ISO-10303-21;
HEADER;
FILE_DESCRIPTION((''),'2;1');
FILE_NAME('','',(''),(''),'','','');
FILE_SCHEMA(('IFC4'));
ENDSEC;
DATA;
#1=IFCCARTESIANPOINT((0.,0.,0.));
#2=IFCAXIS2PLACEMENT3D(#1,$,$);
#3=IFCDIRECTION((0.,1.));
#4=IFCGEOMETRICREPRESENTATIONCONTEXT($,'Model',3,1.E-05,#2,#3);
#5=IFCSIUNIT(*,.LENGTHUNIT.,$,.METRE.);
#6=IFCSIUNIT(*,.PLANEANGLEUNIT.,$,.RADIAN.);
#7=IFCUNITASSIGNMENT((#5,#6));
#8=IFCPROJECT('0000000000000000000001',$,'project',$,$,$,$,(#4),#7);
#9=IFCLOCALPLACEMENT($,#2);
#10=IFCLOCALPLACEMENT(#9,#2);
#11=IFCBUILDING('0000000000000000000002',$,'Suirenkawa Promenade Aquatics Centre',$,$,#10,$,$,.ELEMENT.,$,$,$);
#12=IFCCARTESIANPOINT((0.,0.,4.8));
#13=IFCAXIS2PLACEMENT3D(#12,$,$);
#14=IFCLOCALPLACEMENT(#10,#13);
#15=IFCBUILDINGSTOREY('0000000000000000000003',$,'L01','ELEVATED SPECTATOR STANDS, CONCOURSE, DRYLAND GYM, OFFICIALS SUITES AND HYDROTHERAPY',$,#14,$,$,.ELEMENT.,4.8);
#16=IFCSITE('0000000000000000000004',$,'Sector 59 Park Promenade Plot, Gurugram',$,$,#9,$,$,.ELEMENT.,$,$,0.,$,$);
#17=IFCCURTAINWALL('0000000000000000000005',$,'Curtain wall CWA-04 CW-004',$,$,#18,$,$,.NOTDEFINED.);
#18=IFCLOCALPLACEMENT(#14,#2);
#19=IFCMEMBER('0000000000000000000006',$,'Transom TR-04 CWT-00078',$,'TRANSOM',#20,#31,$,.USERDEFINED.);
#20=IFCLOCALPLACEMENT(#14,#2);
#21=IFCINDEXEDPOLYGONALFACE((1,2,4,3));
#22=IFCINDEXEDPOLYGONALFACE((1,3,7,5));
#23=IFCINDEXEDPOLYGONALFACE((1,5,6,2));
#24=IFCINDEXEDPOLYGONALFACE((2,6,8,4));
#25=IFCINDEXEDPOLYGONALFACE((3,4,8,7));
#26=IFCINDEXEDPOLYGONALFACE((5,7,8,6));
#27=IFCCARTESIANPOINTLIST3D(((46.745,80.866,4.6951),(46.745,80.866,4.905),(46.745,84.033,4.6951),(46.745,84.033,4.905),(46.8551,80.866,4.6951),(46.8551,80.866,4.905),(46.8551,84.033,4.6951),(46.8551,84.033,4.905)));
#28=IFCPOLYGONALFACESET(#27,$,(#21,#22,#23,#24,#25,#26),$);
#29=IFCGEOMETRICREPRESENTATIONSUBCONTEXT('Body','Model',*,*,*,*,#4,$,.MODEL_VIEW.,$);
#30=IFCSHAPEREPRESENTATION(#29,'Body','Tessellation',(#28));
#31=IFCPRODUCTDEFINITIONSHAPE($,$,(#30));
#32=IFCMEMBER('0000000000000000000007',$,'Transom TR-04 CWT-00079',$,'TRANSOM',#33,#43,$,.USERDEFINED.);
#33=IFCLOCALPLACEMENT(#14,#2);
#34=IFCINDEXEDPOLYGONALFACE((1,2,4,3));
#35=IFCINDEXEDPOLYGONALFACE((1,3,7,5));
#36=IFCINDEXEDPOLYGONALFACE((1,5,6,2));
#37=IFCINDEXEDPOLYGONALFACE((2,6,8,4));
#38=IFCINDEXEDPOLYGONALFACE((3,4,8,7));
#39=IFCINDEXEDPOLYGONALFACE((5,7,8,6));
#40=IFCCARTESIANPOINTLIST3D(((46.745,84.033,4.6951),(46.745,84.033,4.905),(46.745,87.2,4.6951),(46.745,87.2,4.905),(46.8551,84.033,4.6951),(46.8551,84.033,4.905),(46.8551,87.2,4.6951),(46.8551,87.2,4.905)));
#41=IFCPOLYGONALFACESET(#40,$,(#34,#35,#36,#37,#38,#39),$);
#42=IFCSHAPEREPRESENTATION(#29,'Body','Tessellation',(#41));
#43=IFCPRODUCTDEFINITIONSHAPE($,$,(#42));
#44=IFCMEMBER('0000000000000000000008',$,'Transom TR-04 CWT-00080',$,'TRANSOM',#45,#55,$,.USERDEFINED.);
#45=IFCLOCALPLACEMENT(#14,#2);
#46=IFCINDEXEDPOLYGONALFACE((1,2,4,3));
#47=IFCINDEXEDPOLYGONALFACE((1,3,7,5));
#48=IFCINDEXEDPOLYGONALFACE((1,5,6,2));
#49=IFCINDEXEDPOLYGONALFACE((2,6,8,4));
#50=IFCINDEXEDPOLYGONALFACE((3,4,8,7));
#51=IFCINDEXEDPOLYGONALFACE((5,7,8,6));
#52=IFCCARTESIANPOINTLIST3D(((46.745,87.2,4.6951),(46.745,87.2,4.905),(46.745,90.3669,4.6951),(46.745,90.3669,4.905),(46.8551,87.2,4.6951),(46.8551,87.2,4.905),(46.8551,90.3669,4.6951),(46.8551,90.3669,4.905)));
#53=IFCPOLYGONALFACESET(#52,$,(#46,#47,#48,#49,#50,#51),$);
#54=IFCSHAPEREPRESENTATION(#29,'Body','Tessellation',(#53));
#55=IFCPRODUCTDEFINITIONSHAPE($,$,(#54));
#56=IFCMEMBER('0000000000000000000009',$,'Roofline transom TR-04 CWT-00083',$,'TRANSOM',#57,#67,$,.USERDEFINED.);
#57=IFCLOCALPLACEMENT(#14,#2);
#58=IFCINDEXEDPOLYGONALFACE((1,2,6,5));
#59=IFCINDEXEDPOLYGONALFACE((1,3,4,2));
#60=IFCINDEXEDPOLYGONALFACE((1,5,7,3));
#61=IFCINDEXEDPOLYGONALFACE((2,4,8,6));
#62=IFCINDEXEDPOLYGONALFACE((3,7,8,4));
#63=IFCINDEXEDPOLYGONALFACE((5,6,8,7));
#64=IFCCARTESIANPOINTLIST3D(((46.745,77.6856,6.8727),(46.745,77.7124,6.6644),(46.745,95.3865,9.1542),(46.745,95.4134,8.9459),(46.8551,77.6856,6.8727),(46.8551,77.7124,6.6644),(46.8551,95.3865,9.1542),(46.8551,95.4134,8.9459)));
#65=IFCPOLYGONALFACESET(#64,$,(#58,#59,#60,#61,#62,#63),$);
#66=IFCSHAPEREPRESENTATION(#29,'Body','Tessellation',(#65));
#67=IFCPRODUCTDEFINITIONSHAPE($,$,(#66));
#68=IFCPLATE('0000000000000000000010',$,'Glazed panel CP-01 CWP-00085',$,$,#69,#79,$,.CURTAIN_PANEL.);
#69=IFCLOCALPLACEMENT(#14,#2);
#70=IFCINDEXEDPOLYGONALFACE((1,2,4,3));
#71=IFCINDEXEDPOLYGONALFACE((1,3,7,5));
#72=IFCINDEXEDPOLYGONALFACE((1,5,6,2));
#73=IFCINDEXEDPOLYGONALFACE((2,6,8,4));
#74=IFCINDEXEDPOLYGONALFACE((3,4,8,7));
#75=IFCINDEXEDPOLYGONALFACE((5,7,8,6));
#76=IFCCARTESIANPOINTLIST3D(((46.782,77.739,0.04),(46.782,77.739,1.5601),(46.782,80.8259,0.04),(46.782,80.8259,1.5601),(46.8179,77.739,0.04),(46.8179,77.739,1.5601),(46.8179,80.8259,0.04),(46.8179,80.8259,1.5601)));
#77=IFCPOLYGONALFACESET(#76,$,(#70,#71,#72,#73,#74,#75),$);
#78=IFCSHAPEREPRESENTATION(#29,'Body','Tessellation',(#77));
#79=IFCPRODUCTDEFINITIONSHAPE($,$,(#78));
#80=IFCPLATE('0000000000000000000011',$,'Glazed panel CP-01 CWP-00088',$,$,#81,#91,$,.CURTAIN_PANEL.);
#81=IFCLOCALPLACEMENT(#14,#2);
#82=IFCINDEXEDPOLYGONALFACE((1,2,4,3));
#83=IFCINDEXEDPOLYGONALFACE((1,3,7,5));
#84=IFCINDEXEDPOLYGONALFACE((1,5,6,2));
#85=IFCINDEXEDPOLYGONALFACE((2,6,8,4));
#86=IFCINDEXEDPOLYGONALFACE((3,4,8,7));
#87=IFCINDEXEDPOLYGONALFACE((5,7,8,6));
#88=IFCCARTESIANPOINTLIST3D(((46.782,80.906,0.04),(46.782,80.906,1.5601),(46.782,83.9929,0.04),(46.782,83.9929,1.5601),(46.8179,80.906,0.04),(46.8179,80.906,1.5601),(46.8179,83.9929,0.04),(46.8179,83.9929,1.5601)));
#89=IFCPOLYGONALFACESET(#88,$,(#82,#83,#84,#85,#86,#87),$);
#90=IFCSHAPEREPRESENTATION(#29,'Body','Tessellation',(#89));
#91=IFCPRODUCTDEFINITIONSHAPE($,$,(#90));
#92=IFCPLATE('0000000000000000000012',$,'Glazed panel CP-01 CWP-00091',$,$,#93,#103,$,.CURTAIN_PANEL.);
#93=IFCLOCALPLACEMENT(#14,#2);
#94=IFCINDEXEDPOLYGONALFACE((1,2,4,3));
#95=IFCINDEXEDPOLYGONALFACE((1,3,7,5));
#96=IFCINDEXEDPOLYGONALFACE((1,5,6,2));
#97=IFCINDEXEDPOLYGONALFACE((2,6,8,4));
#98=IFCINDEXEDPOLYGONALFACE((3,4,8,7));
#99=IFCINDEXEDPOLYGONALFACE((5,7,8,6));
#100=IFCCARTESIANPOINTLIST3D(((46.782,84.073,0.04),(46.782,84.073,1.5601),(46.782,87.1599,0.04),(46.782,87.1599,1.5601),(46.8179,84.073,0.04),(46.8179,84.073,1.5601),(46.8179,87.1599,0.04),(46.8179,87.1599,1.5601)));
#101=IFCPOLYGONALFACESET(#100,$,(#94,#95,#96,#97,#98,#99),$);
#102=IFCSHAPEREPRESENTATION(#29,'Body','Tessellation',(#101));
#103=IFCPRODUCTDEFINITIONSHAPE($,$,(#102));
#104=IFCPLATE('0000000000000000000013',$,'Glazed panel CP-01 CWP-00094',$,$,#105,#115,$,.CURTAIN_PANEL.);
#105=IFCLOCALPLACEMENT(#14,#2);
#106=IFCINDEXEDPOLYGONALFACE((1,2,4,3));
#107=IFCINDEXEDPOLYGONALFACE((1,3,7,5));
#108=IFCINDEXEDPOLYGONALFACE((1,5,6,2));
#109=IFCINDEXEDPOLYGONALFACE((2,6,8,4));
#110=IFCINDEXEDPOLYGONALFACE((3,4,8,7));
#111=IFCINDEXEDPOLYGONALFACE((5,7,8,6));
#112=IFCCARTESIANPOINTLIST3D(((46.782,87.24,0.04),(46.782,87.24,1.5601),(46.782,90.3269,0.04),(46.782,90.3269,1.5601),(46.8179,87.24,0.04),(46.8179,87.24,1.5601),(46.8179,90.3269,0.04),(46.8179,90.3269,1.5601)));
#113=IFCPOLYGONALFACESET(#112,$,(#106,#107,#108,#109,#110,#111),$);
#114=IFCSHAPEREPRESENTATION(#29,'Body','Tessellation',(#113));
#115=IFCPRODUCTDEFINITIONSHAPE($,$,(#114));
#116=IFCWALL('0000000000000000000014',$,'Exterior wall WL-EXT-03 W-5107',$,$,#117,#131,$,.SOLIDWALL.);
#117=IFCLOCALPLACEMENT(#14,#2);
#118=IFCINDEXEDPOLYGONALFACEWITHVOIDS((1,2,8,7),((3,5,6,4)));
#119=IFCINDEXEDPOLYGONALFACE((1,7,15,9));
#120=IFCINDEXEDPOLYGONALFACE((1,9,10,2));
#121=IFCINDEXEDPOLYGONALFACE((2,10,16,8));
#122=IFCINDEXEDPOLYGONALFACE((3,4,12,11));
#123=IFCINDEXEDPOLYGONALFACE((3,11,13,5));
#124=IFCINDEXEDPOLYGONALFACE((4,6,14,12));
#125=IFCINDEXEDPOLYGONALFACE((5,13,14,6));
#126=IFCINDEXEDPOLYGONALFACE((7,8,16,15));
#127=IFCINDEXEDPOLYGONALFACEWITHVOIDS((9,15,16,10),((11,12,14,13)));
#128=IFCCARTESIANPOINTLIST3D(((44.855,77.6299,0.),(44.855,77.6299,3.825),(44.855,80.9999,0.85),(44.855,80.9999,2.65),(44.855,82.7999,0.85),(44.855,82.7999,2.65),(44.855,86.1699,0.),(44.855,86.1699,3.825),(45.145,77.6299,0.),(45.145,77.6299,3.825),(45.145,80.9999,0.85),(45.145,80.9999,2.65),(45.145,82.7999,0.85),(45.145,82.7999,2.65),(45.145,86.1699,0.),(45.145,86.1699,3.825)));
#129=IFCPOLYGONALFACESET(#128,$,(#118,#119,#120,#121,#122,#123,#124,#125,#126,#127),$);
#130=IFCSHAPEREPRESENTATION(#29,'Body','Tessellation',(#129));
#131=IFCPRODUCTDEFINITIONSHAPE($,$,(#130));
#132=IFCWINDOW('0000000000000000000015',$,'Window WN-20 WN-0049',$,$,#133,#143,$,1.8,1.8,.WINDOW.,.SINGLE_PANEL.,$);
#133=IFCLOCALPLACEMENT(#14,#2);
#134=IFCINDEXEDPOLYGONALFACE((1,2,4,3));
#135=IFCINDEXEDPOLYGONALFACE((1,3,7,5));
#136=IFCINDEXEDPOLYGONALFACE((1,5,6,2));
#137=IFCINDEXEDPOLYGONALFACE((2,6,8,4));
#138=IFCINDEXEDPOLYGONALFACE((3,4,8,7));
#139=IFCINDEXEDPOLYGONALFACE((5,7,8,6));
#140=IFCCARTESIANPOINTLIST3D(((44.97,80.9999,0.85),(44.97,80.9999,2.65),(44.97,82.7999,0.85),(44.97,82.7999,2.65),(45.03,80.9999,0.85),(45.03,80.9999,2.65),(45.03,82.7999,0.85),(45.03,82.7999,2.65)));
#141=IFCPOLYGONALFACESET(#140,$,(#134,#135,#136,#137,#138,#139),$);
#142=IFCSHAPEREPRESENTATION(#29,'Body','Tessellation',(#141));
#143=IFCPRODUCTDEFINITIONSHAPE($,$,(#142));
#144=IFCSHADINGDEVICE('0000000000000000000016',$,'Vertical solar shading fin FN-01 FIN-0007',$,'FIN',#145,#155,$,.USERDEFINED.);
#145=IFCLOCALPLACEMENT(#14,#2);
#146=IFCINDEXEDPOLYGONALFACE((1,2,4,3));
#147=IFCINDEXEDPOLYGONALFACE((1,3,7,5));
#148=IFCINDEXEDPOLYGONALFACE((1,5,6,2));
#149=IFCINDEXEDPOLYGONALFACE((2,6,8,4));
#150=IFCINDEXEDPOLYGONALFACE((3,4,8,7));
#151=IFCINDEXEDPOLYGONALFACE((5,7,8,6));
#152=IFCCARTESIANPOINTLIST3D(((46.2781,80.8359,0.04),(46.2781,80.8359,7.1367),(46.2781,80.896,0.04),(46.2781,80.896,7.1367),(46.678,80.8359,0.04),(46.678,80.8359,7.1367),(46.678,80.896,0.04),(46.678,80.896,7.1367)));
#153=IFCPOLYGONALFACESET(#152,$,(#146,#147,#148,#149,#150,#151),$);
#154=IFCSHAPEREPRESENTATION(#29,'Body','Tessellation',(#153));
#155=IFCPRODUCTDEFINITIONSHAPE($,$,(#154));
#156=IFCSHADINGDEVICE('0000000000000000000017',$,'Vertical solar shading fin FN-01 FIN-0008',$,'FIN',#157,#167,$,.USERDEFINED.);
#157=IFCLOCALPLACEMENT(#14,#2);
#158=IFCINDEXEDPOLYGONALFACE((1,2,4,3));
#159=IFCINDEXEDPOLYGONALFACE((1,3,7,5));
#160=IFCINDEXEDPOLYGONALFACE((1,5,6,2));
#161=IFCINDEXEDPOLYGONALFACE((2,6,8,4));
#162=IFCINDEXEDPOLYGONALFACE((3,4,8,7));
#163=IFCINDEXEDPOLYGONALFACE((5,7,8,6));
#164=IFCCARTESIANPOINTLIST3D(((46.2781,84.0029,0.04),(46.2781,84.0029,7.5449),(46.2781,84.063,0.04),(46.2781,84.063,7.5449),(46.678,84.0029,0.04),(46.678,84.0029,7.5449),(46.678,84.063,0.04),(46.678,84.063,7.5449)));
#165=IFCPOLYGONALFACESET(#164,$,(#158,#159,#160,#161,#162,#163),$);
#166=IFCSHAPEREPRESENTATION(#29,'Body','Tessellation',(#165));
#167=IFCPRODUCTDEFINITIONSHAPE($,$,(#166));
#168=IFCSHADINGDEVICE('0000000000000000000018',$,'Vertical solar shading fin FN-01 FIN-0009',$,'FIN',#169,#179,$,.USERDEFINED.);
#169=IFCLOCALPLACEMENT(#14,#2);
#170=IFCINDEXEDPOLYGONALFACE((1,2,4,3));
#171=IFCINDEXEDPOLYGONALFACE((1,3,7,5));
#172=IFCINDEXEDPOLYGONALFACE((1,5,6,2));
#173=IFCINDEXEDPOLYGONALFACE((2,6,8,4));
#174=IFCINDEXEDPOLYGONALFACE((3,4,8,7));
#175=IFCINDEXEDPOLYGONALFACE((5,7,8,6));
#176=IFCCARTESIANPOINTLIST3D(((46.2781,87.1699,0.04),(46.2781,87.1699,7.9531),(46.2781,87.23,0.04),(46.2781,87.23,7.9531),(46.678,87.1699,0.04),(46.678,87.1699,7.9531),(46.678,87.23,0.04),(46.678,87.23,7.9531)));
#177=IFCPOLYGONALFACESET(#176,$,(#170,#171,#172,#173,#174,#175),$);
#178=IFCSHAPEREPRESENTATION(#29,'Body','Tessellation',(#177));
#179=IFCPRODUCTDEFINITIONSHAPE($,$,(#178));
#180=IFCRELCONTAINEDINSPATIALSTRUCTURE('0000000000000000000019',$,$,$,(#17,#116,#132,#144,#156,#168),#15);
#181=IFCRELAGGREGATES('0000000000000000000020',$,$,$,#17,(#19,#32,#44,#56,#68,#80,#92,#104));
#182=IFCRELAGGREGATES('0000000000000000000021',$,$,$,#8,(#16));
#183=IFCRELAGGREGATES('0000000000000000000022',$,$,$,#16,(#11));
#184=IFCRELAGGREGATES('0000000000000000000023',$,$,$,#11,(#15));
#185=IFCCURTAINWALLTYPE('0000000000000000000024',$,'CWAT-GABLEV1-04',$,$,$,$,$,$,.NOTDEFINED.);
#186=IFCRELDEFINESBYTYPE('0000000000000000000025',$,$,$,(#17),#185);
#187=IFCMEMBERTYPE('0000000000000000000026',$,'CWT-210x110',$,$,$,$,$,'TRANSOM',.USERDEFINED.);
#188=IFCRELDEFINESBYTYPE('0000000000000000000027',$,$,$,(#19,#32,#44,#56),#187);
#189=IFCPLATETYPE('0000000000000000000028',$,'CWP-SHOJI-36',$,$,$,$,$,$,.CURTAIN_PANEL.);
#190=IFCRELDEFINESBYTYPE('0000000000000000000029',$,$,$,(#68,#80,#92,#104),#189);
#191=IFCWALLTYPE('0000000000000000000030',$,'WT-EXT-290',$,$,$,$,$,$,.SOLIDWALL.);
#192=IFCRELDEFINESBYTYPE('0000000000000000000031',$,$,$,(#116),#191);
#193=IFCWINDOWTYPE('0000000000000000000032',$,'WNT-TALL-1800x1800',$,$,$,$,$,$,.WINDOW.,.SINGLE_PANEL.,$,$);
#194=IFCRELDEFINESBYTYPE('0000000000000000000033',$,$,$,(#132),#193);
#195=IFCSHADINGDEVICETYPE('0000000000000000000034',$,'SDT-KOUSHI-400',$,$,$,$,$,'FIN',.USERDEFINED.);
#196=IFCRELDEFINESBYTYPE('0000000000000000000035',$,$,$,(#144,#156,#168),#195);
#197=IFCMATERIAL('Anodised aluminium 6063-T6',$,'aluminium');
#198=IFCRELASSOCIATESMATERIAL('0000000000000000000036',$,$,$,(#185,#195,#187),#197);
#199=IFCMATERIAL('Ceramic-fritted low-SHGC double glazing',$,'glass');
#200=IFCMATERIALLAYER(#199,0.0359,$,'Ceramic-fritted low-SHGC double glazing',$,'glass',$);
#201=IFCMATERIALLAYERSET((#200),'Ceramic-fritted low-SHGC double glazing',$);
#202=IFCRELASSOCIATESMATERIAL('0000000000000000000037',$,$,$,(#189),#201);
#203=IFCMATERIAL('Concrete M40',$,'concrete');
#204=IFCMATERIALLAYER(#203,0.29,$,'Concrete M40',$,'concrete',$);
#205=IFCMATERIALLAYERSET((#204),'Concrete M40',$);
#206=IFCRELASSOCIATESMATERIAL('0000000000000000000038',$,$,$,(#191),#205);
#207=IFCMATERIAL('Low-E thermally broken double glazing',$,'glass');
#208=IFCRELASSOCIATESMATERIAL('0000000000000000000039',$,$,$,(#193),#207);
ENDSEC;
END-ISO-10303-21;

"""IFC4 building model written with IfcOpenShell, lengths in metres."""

from ifc_helpers import new_model, si_unit, direction, frame, frame_2d, origin, origin_2d, place, context, subcontext, project, spatial, polyline, rectangle, outline, extrude, material, layer, layer_set, material_profile, profile_set, type_object, element, fill, aggregate, save


model = new_model("IFC4")

# Units and contexts
model_context = context("Model", 3, precision=1e-05, world=origin(), true_north=direction((0.0, 1.0)))
body_context = subcontext(model_context, "Body", "Model", "MODEL_VIEW")
ifc_project = project(units=[si_unit("LENGTHUNIT", "METRE"), si_unit("PLANEANGLEUNIT", "RADIAN")], contexts=[model_context])

# Site, building, storey
site_placement = place(None, origin())
site = spatial("IfcSite", under=ifc_project, at=site_placement, Name="Sector 59 Park Promenade Plot, Gurugram", CompositionType="ELEMENT", RefElevation=0.0)
building_placement = place(site_placement, origin())
building = spatial("IfcBuilding", under=site, at=building_placement, Name="Suirenkawa Promenade Aquatics Centre", CompositionType="ELEMENT")
storey_placement = place(building_placement, frame((0.0, 0.0, 4.8)))
storey = spatial("IfcBuildingStorey", under=building, at=storey_placement, Name="L01", Description="ELEVATED SPECTATOR STANDS, CONCOURSE, DRYLAND GYM, OFFICIALS SUITES AND HYDROTHERAPY", CompositionType="ELEMENT", Elevation=4.8)

# Shared definitions
ifc_material_1 = material(Name="Concrete M40", Category="concrete")

# Shared definitions
ifc_material_2 = material(Name="Anodised aluminium 6063-T6", Category="aluminium")

# Curtain wall, members, plates
curtain_wall_type_1 = type_object("IfcCurtainWallType", Name="CWAT-GABLEV1-04", PredefinedType="NOTDEFINED", material=ifc_material_2)
curtain_wall_1_placement = place(storey_placement, origin())
curtain_wall_1 = element("IfcCurtainWall", 1, at=curtain_wall_1_placement, inside=storey, type_object=curtain_wall_type_1, Name="Curtain wall CWA-04 CW-004", PredefinedType="NOTDEFINED")
ifc_material_profile_1 = material_profile(ifc_material_2, rectangle(XDim=0.1101, YDim=0.21, at=origin_2d()), Name="ALU TRAN 110x210", Category="aluminium")
ifc_profile_set_1 = profile_set([ifc_material_profile_1], Name="Anodised aluminium 6063-T6")
member_type_1 = type_object("IfcMemberType", Name="CWT-210x110", ElementType="TRANSOM", PredefinedType="USERDEFINED", material=ifc_profile_set_1)
member_1_placement = place(storey_placement, frame((46.8, 80.866, 4.8), z_axis=(0.0, 1.0, 0.0), x_axis=(-1.0, 0.0, 0.0)))
member_1 = element("IfcMember", 2, at=member_1_placement, type_object=member_type_1, Name="Transom TR-04 CWT-00078", ObjectType="TRANSOM", PredefinedType="USERDEFINED", context=body_context, shape_type="SweptSolid", body=[
    extrude(rectangle(XDim=0.1101, YDim=0.21, at=origin_2d()), origin(), (0.0, 0.0, 1.0), 3.167),
])
member_2_placement = place(storey_placement, frame((46.8, 84.033, 4.8), z_axis=(0.0, 1.0, 0.0), x_axis=(-1.0, 0.0, 0.0)))
member_2 = element("IfcMember", 3, at=member_2_placement, type_object=member_type_1, Name="Transom TR-04 CWT-00079", ObjectType="TRANSOM", PredefinedType="USERDEFINED", context=body_context, shape_type="SweptSolid", body=[
    extrude(rectangle(XDim=0.1101, YDim=0.21, at=origin_2d()), origin(), (0.0, 0.0, 1.0), 3.167),
])
member_3_placement = place(storey_placement, frame((46.8, 87.2, 4.8), z_axis=(0.0, 1.0, 0.0), x_axis=(-1.0, 0.0, 0.0)))
member_3 = element("IfcMember", 4, at=member_3_placement, type_object=member_type_1, Name="Transom TR-04 CWT-00080", ObjectType="TRANSOM", PredefinedType="USERDEFINED", context=body_context, shape_type="SweptSolid", body=[
    extrude(rectangle(XDim=0.1101, YDim=0.21, at=origin_2d()), origin(), (0.0, 0.0, 1.0), 3.167),
])
member_4_placement = place(storey_placement, frame((46.8, 77.699, 6.7686), z_axis=(0.0, 0.991796, 0.127834), x_axis=(-1.0, 0.0, 0.0)))
member_4 = element("IfcMember", 5, at=member_4_placement, type_object=member_type_1, Name="Roofline transom TR-04 CWT-00083", ObjectType="TRANSOM", PredefinedType="USERDEFINED", context=body_context, shape_type="SweptSolid", body=[
    extrude(rectangle(XDim=0.1101, YDim=0.21, at=origin_2d()), origin(), (0.0, 0.0, 1.0), 17.8474),
])
ifc_material_3 = material(Name="Ceramic-fritted low-SHGC double glazing", Category="glass")
ifc_layer_1 = layer(ifc_material_3, 0.0359, Name="Ceramic-fritted low-SHGC double glazing", Category="glass")
ifc_layer_set_1 = layer_set([ifc_layer_1], Name="Ceramic-fritted low-SHGC double glazing")
plate_type = type_object("IfcPlateType", Name="CWP-SHOJI-36", PredefinedType="CURTAIN_PANEL", material=ifc_layer_set_1)
plate_1_placement = place(storey_placement, frame((46.8, 77.699, 0.04), z_axis=(0.0, 0.0, 1.0), x_axis=(0.0, 1.0, 0.0)))
plate_1 = element("IfcPlate", 6, at=plate_1_placement, type_object=plate_type, Name="Glazed panel CP-01 CWP-00085", PredefinedType="CURTAIN_PANEL", context=body_context, shape_type="SweptSolid", body=[
    extrude(outline(polyline([(0.04, 0.0), (3.127, 0.0), (3.127, 1.52), (0.04, 1.52), (0.04, 0.0)])), frame((0.0, 0.0181, 0.0), z_axis=(0.0, -1.0, 0.0), x_axis=(1.0, 0.0, 0.0)), (0.0, 0.0, 1.0), 0.0359),
])
plate_2_placement = place(storey_placement, frame((46.8, 80.866, 0.04), z_axis=(0.0, 0.0, 1.0), x_axis=(0.0, 1.0, 0.0)))
plate_2 = element("IfcPlate", 7, at=plate_2_placement, type_object=plate_type, Name="Glazed panel CP-01 CWP-00088", PredefinedType="CURTAIN_PANEL", context=body_context, shape_type="SweptSolid", body=[
    extrude(outline(polyline([(0.04, 0.0), (3.127, 0.0), (3.127, 1.52), (0.04, 1.52), (0.04, 0.0)])), frame((0.0, 0.0181, 0.0), z_axis=(0.0, -1.0, 0.0), x_axis=(1.0, 0.0, 0.0)), (0.0, 0.0, 1.0), 0.0359),
])
plate_3_placement = place(storey_placement, frame((46.8, 84.033, 0.04), z_axis=(0.0, 0.0, 1.0), x_axis=(0.0, 1.0, 0.0)))
plate_3 = element("IfcPlate", 8, at=plate_3_placement, type_object=plate_type, Name="Glazed panel CP-01 CWP-00091", PredefinedType="CURTAIN_PANEL", context=body_context, shape_type="SweptSolid", body=[
    extrude(outline(polyline([(0.04, 0.0), (3.127, 0.0), (3.127, 1.52), (0.04, 1.52), (0.04, 0.0)])), frame((0.0, 0.0181, 0.0), z_axis=(0.0, -1.0, 0.0), x_axis=(1.0, 0.0, 0.0)), (0.0, 0.0, 1.0), 0.0359),
])
plate_4_placement = place(storey_placement, frame((46.8, 87.2, 0.04), z_axis=(0.0, 0.0, 1.0), x_axis=(0.0, 1.0, 0.0)))
plate_4 = element("IfcPlate", 9, at=plate_4_placement, type_object=plate_type, Name="Glazed panel CP-01 CWP-00094", PredefinedType="CURTAIN_PANEL", context=body_context, shape_type="SweptSolid", body=[
    extrude(outline(polyline([(0.04, 0.0), (3.127, 0.0), (3.127, 1.52), (0.04, 1.52), (0.04, 0.0)])), frame((0.0, 0.0181, 0.0), z_axis=(0.0, -1.0, 0.0), x_axis=(1.0, 0.0, 0.0)), (0.0, 0.0, 1.0), 0.0359),
])
aggregate(curtain_wall_1, [member_1, member_2, member_3, member_4, plate_1, plate_2, plate_3, plate_4])

# Wall, opening, window
ifc_layer_2 = layer(ifc_material_1, 0.29, Name="Concrete M40", Category="concrete")
ifc_layer_set_2 = layer_set([ifc_layer_2], Name="Concrete M40")
wall_type = type_object("IfcWallType", Name="WT-EXT-290", PredefinedType="SOLIDWALL", material=ifc_layer_set_2)
wall_placement = place(storey_placement, frame((45.0, 86.1699, 0.0), z_axis=(0.0, 0.0, 1.0), x_axis=(0.0, -1.0, 0.0)))
wall = element("IfcWall", 10, at=wall_placement, inside=storey, type_object=wall_type, Name="Exterior wall WL-EXT-03 W-5107", PredefinedType="SOLIDWALL", context=body_context, shape_type="SweptSolid", body=[
    extrude(rectangle(XDim=8.54, YDim=0.29, at=frame_2d((4.27, 0.0))), origin(), (0.0, 0.0, 1.0), 3.825),
])
opening_placement = place(wall_placement, frame((3.3701, 0.0, 0.8501)))
opening = element("IfcOpeningElement", 11, at=opening_placement, cuts=wall, PredefinedType="OPENING", context=body_context, shape_type="SweptSolid", body=[
    extrude(rectangle(XDim=1.8, YDim=1.8, at=frame_2d((0.8999, 0.8999))), frame((0.0, 0.155, 0.0), z_axis=(0.0, -1.0, 0.0), x_axis=(1.0, 0.0, 0.0)), (0.0, 0.0, 1.0), 0.3101),
])
ifc_material_4 = material(Name="Low-E thermally broken double glazing", Category="glass")
window_type = type_object("IfcWindowType", Name="WNT-TALL-1800x1800", PartitioningType="SINGLE_PANEL", PredefinedType="WINDOW", material=ifc_material_4)
window_placement = place(opening_placement, origin())
window = element("IfcWindow", 12, at=window_placement, inside=storey, type_object=window_type, Name="Window WN-20 WN-0049", OverallHeight=1.8, OverallWidth=1.8, PartitioningType="SINGLE_PANEL", PredefinedType="WINDOW", context=body_context, shape_type="SweptSolid", body=[
    extrude(rectangle(XDim=1.8, YDim=1.8, at=frame_2d((0.8999, 0.8999))), frame((0.0, 0.03, 0.0), z_axis=(0.0, -1.0, 0.0), x_axis=(1.0, 0.0, 0.0)), (0.0, 0.0, 1.0), 0.0601),
])
fill(opening, window)

# Shading devices
shading_device_type = type_object("IfcShadingDeviceType", Name="SDT-KOUSHI-400", ElementType="FIN", PredefinedType="USERDEFINED", material=ifc_material_2)
shading_device_1_placement = place(storey_placement, frame((46.478, 80.866, 0.04), z_axis=(0.0, 0.0, 1.0), x_axis=(-1.0, 0.0, 0.0)))
element("IfcShadingDevice", 13, at=shading_device_1_placement, inside=storey, type_object=shading_device_type, Name="Vertical solar shading fin FN-01 FIN-0007", ObjectType="FIN", PredefinedType="USERDEFINED", context=body_context, shape_type="SweptSolid", body=[
    extrude(rectangle(XDim=0.3999, YDim=0.0601, at=origin_2d()), origin(), (0.0, 0.0, 1.0), 7.0967),
])
shading_device_2_placement = place(storey_placement, frame((46.478, 84.033, 0.04), z_axis=(0.0, 0.0, 1.0), x_axis=(-1.0, 0.0, 0.0)))
element("IfcShadingDevice", 14, at=shading_device_2_placement, inside=storey, type_object=shading_device_type, Name="Vertical solar shading fin FN-01 FIN-0008", ObjectType="FIN", PredefinedType="USERDEFINED", context=body_context, shape_type="SweptSolid", body=[
    extrude(rectangle(XDim=0.3999, YDim=0.0601, at=origin_2d()), origin(), (0.0, 0.0, 1.0), 7.5049),
])
shading_device_3_placement = place(storey_placement, frame((46.478, 87.2, 0.04), z_axis=(0.0, 0.0, 1.0), x_axis=(-1.0, 0.0, 0.0)))
element("IfcShadingDevice", 15, at=shading_device_3_placement, inside=storey, type_object=shading_device_type, Name="Vertical solar shading fin FN-01 FIN-0009", ObjectType="FIN", PredefinedType="USERDEFINED", context=body_context, shape_type="SweptSolid", body=[
    extrude(rectangle(XDim=0.3999, YDim=0.0601, at=origin_2d()), origin(), (0.0, 0.0, 1.0), 7.9131),
])

save(model, "model.ifc")
